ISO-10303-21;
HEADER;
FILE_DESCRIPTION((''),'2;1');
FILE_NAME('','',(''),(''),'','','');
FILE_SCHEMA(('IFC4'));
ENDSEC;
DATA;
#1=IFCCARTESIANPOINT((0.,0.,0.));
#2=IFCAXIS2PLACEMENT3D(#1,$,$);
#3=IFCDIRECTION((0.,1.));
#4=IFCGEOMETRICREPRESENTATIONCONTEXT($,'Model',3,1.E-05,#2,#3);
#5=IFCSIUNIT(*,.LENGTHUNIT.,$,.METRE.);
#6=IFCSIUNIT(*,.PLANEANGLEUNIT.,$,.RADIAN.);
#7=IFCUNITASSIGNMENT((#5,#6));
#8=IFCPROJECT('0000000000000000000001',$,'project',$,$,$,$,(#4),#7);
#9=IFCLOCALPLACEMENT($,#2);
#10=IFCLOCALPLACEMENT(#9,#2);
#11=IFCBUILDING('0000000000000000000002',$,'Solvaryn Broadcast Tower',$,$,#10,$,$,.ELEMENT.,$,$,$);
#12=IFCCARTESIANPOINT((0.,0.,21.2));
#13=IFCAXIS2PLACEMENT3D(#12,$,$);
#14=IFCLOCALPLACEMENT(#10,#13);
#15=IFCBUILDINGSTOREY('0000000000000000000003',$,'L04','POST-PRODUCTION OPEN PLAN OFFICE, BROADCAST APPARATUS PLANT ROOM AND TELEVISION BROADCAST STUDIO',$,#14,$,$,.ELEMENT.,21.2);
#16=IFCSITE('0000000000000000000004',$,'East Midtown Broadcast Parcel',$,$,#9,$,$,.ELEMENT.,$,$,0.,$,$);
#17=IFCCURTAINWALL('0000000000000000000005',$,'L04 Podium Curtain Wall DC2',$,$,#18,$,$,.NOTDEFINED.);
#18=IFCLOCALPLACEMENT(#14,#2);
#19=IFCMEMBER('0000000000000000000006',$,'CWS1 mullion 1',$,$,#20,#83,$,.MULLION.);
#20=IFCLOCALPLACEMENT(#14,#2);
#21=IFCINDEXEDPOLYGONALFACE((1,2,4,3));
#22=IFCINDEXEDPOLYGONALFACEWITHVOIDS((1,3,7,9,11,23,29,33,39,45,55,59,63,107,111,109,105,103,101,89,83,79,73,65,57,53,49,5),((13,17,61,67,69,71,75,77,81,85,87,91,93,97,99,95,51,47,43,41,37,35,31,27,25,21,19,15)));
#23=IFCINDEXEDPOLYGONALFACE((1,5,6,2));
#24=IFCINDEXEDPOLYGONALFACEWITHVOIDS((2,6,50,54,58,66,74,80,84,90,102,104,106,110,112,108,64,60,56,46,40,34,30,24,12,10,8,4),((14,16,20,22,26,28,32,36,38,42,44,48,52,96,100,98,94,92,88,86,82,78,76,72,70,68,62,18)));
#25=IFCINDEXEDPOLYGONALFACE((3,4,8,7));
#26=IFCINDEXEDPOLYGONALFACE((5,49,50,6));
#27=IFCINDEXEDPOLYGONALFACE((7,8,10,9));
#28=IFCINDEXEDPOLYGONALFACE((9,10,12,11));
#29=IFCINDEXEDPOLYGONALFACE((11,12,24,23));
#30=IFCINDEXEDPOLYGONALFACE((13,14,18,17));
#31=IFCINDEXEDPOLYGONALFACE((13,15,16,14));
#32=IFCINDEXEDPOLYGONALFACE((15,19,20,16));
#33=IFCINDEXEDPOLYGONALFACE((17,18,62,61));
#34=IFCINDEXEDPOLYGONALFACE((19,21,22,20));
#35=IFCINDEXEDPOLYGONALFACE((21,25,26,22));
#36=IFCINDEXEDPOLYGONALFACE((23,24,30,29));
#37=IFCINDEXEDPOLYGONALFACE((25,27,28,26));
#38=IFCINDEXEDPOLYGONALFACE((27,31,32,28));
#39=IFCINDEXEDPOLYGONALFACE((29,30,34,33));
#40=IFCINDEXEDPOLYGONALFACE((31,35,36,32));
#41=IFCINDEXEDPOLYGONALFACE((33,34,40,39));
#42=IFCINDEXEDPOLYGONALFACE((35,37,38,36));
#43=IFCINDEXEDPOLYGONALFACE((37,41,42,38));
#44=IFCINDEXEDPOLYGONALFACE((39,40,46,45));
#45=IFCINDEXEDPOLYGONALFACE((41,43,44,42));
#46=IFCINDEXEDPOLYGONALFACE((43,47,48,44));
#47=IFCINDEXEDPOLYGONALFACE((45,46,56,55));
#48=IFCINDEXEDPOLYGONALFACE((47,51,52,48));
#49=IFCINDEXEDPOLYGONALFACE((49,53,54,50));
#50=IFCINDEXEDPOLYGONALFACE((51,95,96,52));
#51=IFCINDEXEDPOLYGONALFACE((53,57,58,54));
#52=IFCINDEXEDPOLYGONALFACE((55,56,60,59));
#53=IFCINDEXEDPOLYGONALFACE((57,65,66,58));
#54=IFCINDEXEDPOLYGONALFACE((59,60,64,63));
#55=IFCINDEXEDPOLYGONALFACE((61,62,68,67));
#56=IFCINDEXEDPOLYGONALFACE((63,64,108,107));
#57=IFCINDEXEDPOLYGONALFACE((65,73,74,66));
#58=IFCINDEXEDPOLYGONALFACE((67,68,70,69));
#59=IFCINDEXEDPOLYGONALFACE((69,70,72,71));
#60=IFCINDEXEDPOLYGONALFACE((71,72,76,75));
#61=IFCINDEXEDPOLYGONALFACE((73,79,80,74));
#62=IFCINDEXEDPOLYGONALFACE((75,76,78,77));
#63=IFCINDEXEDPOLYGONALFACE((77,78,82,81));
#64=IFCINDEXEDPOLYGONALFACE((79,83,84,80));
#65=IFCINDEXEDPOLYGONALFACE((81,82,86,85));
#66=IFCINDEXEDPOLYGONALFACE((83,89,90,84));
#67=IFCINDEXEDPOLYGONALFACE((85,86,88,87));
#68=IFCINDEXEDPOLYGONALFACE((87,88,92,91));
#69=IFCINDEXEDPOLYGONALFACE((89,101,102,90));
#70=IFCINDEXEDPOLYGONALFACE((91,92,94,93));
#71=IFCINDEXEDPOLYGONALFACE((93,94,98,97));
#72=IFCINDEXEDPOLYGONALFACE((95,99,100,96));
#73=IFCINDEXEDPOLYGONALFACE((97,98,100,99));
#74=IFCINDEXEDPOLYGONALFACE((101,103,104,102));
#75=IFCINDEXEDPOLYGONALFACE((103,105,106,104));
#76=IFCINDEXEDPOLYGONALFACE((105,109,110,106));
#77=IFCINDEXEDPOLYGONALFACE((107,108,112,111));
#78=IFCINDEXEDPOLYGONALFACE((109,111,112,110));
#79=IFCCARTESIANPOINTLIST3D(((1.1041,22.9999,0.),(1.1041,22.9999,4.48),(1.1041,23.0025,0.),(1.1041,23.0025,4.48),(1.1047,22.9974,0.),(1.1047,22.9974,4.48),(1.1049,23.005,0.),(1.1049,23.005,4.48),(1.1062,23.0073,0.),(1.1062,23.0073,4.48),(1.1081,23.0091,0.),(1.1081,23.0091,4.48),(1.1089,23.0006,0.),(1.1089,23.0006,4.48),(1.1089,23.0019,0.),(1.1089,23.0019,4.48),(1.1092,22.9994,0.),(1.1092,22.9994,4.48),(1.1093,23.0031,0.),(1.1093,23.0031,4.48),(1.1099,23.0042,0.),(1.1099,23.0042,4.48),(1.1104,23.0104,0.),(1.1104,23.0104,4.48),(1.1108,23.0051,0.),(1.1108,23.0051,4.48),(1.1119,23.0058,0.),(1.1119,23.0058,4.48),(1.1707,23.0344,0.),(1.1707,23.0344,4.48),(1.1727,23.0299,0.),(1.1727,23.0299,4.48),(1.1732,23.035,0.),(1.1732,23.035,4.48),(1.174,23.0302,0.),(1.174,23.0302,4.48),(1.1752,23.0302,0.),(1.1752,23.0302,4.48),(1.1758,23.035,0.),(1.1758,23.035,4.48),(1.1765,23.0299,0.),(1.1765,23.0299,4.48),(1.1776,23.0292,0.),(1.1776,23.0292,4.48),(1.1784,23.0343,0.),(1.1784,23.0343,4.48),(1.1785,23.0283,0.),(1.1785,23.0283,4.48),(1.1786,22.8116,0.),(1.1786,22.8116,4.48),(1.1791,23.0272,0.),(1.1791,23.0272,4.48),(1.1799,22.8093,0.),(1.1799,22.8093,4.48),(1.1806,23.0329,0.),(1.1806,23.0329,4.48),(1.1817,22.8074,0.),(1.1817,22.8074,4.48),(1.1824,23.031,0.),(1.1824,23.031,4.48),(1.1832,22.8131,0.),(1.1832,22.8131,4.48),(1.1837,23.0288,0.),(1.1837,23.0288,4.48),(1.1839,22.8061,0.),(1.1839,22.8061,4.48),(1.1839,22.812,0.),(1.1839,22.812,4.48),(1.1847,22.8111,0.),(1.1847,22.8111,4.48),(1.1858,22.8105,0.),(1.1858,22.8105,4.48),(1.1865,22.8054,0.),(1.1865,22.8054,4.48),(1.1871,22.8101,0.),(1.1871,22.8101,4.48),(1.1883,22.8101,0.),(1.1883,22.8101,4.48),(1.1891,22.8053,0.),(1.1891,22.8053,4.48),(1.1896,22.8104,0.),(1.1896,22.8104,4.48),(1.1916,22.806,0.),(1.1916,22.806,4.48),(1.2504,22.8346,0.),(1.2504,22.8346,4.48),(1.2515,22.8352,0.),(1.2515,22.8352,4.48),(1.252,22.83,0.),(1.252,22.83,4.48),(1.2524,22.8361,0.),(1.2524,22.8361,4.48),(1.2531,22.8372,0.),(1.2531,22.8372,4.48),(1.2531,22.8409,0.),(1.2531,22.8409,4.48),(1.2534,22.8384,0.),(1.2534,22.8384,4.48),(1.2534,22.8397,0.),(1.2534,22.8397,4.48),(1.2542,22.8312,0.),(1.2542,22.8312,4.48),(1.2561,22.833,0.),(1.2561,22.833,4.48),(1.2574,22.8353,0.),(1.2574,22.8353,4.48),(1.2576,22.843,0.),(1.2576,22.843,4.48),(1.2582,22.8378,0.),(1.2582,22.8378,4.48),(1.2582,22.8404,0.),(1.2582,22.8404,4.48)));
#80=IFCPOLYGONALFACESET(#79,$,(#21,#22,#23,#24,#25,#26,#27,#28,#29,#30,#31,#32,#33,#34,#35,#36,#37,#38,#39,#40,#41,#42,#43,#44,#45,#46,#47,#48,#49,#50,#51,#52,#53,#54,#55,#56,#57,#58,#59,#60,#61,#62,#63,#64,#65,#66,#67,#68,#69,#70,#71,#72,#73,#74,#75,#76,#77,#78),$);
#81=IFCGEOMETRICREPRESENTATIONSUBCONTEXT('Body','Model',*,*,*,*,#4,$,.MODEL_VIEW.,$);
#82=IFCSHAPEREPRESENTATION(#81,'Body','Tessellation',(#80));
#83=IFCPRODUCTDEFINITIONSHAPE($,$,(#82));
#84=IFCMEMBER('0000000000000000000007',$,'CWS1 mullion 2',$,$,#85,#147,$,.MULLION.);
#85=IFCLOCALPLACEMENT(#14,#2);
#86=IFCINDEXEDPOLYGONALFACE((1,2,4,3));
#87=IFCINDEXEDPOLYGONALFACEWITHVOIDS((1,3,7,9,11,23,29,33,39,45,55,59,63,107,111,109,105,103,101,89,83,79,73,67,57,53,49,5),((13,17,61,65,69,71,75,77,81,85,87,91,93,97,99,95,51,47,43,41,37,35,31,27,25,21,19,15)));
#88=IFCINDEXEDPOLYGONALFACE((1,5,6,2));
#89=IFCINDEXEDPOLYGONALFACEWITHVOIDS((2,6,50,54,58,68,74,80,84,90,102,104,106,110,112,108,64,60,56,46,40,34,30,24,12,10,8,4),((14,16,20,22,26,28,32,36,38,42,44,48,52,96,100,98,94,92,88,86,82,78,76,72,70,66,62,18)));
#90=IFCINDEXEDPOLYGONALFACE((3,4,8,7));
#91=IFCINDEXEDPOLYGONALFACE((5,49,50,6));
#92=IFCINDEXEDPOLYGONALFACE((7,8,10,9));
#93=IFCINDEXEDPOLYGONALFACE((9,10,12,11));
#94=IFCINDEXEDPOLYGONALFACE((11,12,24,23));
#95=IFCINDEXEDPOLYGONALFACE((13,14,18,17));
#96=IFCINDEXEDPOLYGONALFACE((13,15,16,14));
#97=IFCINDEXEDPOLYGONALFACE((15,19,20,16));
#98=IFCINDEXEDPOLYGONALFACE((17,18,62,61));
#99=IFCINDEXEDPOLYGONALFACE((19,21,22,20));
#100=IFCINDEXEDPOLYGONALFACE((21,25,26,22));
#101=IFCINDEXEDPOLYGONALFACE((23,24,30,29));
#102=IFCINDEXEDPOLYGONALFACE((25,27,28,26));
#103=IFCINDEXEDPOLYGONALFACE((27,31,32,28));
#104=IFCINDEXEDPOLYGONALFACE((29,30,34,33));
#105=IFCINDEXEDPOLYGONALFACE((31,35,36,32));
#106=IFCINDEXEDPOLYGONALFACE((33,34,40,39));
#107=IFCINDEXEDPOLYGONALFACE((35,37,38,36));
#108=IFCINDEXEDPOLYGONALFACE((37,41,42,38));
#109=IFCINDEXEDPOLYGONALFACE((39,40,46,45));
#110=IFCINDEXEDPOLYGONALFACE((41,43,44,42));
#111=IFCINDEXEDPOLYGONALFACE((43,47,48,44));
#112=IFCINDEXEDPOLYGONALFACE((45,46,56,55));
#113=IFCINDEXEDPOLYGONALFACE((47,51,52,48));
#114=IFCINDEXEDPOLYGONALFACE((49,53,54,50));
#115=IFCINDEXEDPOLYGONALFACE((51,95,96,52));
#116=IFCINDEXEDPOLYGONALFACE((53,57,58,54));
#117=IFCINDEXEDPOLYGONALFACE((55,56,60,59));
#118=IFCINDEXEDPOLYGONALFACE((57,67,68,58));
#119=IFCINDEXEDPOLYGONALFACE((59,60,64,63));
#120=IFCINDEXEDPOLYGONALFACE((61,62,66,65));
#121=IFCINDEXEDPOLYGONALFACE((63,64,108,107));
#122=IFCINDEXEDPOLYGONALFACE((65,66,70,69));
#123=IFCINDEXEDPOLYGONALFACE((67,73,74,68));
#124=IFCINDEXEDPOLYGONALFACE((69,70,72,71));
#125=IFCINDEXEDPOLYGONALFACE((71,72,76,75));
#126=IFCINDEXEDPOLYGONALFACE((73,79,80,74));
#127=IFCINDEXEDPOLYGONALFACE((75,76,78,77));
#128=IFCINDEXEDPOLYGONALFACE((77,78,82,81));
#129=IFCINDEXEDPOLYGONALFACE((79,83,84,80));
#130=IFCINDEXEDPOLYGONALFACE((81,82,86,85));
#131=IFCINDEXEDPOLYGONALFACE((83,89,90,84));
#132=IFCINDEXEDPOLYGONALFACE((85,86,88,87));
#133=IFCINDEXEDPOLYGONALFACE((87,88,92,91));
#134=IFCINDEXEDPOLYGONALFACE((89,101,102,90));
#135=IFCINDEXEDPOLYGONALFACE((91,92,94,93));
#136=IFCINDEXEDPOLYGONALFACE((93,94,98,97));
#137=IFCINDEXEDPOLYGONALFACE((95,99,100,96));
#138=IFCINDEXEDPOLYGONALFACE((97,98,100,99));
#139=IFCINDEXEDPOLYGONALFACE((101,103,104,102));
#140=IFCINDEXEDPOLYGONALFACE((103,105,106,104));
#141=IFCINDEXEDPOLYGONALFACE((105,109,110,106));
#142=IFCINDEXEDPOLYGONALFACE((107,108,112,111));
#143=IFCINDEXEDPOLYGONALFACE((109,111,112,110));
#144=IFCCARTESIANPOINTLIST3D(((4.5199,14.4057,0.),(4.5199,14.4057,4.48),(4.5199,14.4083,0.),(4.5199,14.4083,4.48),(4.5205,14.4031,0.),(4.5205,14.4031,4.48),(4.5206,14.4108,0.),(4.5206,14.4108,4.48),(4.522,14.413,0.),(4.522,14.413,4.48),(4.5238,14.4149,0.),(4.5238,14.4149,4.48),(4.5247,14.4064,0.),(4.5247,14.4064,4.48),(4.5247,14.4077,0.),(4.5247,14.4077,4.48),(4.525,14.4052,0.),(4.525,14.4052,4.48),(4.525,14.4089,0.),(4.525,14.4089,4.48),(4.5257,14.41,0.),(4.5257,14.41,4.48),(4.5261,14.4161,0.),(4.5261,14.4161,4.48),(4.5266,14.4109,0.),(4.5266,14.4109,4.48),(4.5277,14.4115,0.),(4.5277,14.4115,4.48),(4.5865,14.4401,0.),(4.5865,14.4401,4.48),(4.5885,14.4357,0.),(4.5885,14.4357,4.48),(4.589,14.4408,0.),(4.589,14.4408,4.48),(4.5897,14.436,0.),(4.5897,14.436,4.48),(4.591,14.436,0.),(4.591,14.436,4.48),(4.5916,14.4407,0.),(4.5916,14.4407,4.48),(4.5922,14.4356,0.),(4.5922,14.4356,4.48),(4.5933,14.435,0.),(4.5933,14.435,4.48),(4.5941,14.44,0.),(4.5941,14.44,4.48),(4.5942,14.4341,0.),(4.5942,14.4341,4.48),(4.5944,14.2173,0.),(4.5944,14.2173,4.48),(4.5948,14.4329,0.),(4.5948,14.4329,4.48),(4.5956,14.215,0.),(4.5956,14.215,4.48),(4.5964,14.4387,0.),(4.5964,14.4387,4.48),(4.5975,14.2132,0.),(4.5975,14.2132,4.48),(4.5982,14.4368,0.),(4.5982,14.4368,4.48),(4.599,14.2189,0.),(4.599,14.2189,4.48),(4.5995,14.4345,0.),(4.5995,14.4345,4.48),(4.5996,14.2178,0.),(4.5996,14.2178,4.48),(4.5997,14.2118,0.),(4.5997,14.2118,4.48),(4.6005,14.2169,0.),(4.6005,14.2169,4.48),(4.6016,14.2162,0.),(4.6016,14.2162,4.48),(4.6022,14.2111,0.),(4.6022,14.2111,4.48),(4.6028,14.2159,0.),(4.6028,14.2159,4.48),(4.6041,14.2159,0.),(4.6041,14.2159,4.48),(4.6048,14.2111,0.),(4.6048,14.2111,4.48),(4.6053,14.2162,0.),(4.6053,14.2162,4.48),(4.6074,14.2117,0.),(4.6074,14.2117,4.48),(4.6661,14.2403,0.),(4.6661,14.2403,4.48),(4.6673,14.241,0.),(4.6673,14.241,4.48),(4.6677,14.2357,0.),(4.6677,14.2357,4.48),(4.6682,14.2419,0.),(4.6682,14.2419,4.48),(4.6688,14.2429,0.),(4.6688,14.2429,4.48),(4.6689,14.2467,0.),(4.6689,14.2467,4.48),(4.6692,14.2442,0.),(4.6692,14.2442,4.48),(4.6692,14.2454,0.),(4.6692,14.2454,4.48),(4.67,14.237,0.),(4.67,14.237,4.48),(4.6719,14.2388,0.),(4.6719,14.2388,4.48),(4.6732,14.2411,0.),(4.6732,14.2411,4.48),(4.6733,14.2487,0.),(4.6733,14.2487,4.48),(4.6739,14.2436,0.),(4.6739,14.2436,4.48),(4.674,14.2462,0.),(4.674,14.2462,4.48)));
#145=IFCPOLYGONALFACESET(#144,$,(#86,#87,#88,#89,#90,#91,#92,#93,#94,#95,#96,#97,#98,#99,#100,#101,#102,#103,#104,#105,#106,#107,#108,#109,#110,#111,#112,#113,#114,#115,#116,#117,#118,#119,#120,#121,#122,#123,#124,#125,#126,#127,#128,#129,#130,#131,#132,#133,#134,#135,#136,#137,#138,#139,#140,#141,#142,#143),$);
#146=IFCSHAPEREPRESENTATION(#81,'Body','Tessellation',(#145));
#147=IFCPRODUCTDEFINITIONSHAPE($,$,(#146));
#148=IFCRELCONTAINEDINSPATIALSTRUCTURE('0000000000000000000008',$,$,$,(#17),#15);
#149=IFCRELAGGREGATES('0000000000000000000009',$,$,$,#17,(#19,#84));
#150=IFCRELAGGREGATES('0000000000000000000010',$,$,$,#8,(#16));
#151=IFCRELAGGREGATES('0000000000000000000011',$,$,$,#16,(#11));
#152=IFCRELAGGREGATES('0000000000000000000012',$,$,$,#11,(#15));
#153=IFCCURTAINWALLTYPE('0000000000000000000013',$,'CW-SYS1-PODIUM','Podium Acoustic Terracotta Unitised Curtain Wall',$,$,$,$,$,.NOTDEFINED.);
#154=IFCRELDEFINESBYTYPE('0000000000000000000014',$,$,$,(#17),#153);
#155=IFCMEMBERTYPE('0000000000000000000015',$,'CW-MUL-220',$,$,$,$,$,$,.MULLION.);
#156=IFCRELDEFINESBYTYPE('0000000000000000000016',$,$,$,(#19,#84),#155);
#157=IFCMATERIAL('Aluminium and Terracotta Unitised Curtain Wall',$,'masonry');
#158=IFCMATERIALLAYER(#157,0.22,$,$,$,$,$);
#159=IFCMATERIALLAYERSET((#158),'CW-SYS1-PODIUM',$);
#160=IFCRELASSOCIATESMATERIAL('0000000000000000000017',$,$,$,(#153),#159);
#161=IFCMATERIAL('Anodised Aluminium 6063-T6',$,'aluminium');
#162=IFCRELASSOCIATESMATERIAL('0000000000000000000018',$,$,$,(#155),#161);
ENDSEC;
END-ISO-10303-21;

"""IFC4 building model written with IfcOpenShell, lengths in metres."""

from ifc_helpers import new_model, si_unit, direction, frame, origin, origin_2d, place, context, subcontext, project, spatial, hollow_rectangle, extrude, material, layer, layer_set, material_profile, profile_set, type_object, element, aggregate, save


model = new_model("IFC4")

# Units and contexts
model_context = context("Model", 3, precision=1e-05, world=origin(), true_north=direction((0.0, 1.0)))
body_context = subcontext(model_context, "Body", "Model", "MODEL_VIEW")
ifc_project = project(units=[si_unit("LENGTHUNIT", "METRE"), si_unit("PLANEANGLEUNIT", "RADIAN")], contexts=[model_context])

# Site, building, storey
site_placement = place(None, origin())
site = spatial("IfcSite", under=ifc_project, at=site_placement, Name="East Midtown Broadcast Parcel", CompositionType="ELEMENT", RefElevation=0.0)
building_placement = place(site_placement, origin())
building = spatial("IfcBuilding", under=site, at=building_placement, Name="Solvaryn Broadcast Tower", CompositionType="ELEMENT")
storey_placement = place(building_placement, frame((0.0, 0.0, 21.2)))
storey = spatial("IfcBuildingStorey", under=building, at=storey_placement, Name="L04", Description="POST-PRODUCTION OPEN PLAN OFFICE, BROADCAST APPARATUS PLANT ROOM AND TELEVISION BROADCAST STUDIO", CompositionType="ELEMENT", Elevation=21.2)

# Shared definitions
ifc_material_1 = material(Name="Aluminium and Terracotta Unitised Curtain Wall", Category="masonry")
ifc_layer_1 = layer(ifc_material_1, 0.22)
ifc_layer_set_1 = layer_set([ifc_layer_1], Name="CW-SYS1-PODIUM")
curtain_wall_type = type_object("IfcCurtainWallType", Name="CW-SYS1-PODIUM", Description="Podium Acoustic Terracotta Unitised Curtain Wall", PredefinedType="NOTDEFINED", material=ifc_layer_set_1)
ifc_material_2 = material(Name="Anodised Aluminium 6063-T6", Category="aluminium")
ifc_material_profile_1 = material_profile(ifc_material_2, hollow_rectangle(XDim=0.085, YDim=0.22, WallThickness=0.0049, InnerFilletRadius=0.0049, OuterFilletRadius=0.01, at=origin_2d()))
ifc_profile_set_1 = profile_set([ifc_material_profile_1], Name="Anodised Aluminium 6063-T6")
member_type_1 = type_object("IfcMemberType", Name="CW-MUL-220", PredefinedType="MULLION", material=ifc_profile_set_1)

# Curtain wall, members
curtain_wall_1_placement = place(storey_placement, origin())
curtain_wall_1 = element("IfcCurtainWall", 1, at=curtain_wall_1_placement, inside=storey, type_object=curtain_wall_type, Name="L04 Podium Curtain Wall DC2", PredefinedType="NOTDEFINED")
member_1_placement = place(storey_placement, frame((1.1812, 22.9202, 0.0), z_axis=(0.0, 0.0, 1.0), x_axis=(0.929289, 0.369352, 0.0)))
member_1 = element("IfcMember", 2, at=member_1_placement, type_object=member_type_1, Name="CWS1 mullion 1", PredefinedType="MULLION", context=body_context, shape_type="SweptSolid", body=[
    extrude(hollow_rectangle(XDim=0.085, YDim=0.22, WallThickness=0.0049, InnerFilletRadius=0.0049, OuterFilletRadius=0.01, at=origin_2d()), origin(), (0.0, 0.0, 1.0), 4.48),
])
member_2_placement = place(storey_placement, frame((4.5969, 14.3259, 0.0), z_axis=(0.0, 0.0, 1.0), x_axis=(0.929289, 0.369352, 0.0)))
member_2 = element("IfcMember", 3, at=member_2_placement, type_object=member_type_1, Name="CWS1 mullion 2", PredefinedType="MULLION", context=body_context, shape_type="SweptSolid", body=[
    extrude(hollow_rectangle(XDim=0.085, YDim=0.22, WallThickness=0.0049, InnerFilletRadius=0.0049, OuterFilletRadius=0.01, at=origin_2d()), origin(), (0.0, 0.0, 1.0), 4.48),
])

aggregate(curtain_wall_1, [member_1, member_2])

save(model, "model.ifc")
